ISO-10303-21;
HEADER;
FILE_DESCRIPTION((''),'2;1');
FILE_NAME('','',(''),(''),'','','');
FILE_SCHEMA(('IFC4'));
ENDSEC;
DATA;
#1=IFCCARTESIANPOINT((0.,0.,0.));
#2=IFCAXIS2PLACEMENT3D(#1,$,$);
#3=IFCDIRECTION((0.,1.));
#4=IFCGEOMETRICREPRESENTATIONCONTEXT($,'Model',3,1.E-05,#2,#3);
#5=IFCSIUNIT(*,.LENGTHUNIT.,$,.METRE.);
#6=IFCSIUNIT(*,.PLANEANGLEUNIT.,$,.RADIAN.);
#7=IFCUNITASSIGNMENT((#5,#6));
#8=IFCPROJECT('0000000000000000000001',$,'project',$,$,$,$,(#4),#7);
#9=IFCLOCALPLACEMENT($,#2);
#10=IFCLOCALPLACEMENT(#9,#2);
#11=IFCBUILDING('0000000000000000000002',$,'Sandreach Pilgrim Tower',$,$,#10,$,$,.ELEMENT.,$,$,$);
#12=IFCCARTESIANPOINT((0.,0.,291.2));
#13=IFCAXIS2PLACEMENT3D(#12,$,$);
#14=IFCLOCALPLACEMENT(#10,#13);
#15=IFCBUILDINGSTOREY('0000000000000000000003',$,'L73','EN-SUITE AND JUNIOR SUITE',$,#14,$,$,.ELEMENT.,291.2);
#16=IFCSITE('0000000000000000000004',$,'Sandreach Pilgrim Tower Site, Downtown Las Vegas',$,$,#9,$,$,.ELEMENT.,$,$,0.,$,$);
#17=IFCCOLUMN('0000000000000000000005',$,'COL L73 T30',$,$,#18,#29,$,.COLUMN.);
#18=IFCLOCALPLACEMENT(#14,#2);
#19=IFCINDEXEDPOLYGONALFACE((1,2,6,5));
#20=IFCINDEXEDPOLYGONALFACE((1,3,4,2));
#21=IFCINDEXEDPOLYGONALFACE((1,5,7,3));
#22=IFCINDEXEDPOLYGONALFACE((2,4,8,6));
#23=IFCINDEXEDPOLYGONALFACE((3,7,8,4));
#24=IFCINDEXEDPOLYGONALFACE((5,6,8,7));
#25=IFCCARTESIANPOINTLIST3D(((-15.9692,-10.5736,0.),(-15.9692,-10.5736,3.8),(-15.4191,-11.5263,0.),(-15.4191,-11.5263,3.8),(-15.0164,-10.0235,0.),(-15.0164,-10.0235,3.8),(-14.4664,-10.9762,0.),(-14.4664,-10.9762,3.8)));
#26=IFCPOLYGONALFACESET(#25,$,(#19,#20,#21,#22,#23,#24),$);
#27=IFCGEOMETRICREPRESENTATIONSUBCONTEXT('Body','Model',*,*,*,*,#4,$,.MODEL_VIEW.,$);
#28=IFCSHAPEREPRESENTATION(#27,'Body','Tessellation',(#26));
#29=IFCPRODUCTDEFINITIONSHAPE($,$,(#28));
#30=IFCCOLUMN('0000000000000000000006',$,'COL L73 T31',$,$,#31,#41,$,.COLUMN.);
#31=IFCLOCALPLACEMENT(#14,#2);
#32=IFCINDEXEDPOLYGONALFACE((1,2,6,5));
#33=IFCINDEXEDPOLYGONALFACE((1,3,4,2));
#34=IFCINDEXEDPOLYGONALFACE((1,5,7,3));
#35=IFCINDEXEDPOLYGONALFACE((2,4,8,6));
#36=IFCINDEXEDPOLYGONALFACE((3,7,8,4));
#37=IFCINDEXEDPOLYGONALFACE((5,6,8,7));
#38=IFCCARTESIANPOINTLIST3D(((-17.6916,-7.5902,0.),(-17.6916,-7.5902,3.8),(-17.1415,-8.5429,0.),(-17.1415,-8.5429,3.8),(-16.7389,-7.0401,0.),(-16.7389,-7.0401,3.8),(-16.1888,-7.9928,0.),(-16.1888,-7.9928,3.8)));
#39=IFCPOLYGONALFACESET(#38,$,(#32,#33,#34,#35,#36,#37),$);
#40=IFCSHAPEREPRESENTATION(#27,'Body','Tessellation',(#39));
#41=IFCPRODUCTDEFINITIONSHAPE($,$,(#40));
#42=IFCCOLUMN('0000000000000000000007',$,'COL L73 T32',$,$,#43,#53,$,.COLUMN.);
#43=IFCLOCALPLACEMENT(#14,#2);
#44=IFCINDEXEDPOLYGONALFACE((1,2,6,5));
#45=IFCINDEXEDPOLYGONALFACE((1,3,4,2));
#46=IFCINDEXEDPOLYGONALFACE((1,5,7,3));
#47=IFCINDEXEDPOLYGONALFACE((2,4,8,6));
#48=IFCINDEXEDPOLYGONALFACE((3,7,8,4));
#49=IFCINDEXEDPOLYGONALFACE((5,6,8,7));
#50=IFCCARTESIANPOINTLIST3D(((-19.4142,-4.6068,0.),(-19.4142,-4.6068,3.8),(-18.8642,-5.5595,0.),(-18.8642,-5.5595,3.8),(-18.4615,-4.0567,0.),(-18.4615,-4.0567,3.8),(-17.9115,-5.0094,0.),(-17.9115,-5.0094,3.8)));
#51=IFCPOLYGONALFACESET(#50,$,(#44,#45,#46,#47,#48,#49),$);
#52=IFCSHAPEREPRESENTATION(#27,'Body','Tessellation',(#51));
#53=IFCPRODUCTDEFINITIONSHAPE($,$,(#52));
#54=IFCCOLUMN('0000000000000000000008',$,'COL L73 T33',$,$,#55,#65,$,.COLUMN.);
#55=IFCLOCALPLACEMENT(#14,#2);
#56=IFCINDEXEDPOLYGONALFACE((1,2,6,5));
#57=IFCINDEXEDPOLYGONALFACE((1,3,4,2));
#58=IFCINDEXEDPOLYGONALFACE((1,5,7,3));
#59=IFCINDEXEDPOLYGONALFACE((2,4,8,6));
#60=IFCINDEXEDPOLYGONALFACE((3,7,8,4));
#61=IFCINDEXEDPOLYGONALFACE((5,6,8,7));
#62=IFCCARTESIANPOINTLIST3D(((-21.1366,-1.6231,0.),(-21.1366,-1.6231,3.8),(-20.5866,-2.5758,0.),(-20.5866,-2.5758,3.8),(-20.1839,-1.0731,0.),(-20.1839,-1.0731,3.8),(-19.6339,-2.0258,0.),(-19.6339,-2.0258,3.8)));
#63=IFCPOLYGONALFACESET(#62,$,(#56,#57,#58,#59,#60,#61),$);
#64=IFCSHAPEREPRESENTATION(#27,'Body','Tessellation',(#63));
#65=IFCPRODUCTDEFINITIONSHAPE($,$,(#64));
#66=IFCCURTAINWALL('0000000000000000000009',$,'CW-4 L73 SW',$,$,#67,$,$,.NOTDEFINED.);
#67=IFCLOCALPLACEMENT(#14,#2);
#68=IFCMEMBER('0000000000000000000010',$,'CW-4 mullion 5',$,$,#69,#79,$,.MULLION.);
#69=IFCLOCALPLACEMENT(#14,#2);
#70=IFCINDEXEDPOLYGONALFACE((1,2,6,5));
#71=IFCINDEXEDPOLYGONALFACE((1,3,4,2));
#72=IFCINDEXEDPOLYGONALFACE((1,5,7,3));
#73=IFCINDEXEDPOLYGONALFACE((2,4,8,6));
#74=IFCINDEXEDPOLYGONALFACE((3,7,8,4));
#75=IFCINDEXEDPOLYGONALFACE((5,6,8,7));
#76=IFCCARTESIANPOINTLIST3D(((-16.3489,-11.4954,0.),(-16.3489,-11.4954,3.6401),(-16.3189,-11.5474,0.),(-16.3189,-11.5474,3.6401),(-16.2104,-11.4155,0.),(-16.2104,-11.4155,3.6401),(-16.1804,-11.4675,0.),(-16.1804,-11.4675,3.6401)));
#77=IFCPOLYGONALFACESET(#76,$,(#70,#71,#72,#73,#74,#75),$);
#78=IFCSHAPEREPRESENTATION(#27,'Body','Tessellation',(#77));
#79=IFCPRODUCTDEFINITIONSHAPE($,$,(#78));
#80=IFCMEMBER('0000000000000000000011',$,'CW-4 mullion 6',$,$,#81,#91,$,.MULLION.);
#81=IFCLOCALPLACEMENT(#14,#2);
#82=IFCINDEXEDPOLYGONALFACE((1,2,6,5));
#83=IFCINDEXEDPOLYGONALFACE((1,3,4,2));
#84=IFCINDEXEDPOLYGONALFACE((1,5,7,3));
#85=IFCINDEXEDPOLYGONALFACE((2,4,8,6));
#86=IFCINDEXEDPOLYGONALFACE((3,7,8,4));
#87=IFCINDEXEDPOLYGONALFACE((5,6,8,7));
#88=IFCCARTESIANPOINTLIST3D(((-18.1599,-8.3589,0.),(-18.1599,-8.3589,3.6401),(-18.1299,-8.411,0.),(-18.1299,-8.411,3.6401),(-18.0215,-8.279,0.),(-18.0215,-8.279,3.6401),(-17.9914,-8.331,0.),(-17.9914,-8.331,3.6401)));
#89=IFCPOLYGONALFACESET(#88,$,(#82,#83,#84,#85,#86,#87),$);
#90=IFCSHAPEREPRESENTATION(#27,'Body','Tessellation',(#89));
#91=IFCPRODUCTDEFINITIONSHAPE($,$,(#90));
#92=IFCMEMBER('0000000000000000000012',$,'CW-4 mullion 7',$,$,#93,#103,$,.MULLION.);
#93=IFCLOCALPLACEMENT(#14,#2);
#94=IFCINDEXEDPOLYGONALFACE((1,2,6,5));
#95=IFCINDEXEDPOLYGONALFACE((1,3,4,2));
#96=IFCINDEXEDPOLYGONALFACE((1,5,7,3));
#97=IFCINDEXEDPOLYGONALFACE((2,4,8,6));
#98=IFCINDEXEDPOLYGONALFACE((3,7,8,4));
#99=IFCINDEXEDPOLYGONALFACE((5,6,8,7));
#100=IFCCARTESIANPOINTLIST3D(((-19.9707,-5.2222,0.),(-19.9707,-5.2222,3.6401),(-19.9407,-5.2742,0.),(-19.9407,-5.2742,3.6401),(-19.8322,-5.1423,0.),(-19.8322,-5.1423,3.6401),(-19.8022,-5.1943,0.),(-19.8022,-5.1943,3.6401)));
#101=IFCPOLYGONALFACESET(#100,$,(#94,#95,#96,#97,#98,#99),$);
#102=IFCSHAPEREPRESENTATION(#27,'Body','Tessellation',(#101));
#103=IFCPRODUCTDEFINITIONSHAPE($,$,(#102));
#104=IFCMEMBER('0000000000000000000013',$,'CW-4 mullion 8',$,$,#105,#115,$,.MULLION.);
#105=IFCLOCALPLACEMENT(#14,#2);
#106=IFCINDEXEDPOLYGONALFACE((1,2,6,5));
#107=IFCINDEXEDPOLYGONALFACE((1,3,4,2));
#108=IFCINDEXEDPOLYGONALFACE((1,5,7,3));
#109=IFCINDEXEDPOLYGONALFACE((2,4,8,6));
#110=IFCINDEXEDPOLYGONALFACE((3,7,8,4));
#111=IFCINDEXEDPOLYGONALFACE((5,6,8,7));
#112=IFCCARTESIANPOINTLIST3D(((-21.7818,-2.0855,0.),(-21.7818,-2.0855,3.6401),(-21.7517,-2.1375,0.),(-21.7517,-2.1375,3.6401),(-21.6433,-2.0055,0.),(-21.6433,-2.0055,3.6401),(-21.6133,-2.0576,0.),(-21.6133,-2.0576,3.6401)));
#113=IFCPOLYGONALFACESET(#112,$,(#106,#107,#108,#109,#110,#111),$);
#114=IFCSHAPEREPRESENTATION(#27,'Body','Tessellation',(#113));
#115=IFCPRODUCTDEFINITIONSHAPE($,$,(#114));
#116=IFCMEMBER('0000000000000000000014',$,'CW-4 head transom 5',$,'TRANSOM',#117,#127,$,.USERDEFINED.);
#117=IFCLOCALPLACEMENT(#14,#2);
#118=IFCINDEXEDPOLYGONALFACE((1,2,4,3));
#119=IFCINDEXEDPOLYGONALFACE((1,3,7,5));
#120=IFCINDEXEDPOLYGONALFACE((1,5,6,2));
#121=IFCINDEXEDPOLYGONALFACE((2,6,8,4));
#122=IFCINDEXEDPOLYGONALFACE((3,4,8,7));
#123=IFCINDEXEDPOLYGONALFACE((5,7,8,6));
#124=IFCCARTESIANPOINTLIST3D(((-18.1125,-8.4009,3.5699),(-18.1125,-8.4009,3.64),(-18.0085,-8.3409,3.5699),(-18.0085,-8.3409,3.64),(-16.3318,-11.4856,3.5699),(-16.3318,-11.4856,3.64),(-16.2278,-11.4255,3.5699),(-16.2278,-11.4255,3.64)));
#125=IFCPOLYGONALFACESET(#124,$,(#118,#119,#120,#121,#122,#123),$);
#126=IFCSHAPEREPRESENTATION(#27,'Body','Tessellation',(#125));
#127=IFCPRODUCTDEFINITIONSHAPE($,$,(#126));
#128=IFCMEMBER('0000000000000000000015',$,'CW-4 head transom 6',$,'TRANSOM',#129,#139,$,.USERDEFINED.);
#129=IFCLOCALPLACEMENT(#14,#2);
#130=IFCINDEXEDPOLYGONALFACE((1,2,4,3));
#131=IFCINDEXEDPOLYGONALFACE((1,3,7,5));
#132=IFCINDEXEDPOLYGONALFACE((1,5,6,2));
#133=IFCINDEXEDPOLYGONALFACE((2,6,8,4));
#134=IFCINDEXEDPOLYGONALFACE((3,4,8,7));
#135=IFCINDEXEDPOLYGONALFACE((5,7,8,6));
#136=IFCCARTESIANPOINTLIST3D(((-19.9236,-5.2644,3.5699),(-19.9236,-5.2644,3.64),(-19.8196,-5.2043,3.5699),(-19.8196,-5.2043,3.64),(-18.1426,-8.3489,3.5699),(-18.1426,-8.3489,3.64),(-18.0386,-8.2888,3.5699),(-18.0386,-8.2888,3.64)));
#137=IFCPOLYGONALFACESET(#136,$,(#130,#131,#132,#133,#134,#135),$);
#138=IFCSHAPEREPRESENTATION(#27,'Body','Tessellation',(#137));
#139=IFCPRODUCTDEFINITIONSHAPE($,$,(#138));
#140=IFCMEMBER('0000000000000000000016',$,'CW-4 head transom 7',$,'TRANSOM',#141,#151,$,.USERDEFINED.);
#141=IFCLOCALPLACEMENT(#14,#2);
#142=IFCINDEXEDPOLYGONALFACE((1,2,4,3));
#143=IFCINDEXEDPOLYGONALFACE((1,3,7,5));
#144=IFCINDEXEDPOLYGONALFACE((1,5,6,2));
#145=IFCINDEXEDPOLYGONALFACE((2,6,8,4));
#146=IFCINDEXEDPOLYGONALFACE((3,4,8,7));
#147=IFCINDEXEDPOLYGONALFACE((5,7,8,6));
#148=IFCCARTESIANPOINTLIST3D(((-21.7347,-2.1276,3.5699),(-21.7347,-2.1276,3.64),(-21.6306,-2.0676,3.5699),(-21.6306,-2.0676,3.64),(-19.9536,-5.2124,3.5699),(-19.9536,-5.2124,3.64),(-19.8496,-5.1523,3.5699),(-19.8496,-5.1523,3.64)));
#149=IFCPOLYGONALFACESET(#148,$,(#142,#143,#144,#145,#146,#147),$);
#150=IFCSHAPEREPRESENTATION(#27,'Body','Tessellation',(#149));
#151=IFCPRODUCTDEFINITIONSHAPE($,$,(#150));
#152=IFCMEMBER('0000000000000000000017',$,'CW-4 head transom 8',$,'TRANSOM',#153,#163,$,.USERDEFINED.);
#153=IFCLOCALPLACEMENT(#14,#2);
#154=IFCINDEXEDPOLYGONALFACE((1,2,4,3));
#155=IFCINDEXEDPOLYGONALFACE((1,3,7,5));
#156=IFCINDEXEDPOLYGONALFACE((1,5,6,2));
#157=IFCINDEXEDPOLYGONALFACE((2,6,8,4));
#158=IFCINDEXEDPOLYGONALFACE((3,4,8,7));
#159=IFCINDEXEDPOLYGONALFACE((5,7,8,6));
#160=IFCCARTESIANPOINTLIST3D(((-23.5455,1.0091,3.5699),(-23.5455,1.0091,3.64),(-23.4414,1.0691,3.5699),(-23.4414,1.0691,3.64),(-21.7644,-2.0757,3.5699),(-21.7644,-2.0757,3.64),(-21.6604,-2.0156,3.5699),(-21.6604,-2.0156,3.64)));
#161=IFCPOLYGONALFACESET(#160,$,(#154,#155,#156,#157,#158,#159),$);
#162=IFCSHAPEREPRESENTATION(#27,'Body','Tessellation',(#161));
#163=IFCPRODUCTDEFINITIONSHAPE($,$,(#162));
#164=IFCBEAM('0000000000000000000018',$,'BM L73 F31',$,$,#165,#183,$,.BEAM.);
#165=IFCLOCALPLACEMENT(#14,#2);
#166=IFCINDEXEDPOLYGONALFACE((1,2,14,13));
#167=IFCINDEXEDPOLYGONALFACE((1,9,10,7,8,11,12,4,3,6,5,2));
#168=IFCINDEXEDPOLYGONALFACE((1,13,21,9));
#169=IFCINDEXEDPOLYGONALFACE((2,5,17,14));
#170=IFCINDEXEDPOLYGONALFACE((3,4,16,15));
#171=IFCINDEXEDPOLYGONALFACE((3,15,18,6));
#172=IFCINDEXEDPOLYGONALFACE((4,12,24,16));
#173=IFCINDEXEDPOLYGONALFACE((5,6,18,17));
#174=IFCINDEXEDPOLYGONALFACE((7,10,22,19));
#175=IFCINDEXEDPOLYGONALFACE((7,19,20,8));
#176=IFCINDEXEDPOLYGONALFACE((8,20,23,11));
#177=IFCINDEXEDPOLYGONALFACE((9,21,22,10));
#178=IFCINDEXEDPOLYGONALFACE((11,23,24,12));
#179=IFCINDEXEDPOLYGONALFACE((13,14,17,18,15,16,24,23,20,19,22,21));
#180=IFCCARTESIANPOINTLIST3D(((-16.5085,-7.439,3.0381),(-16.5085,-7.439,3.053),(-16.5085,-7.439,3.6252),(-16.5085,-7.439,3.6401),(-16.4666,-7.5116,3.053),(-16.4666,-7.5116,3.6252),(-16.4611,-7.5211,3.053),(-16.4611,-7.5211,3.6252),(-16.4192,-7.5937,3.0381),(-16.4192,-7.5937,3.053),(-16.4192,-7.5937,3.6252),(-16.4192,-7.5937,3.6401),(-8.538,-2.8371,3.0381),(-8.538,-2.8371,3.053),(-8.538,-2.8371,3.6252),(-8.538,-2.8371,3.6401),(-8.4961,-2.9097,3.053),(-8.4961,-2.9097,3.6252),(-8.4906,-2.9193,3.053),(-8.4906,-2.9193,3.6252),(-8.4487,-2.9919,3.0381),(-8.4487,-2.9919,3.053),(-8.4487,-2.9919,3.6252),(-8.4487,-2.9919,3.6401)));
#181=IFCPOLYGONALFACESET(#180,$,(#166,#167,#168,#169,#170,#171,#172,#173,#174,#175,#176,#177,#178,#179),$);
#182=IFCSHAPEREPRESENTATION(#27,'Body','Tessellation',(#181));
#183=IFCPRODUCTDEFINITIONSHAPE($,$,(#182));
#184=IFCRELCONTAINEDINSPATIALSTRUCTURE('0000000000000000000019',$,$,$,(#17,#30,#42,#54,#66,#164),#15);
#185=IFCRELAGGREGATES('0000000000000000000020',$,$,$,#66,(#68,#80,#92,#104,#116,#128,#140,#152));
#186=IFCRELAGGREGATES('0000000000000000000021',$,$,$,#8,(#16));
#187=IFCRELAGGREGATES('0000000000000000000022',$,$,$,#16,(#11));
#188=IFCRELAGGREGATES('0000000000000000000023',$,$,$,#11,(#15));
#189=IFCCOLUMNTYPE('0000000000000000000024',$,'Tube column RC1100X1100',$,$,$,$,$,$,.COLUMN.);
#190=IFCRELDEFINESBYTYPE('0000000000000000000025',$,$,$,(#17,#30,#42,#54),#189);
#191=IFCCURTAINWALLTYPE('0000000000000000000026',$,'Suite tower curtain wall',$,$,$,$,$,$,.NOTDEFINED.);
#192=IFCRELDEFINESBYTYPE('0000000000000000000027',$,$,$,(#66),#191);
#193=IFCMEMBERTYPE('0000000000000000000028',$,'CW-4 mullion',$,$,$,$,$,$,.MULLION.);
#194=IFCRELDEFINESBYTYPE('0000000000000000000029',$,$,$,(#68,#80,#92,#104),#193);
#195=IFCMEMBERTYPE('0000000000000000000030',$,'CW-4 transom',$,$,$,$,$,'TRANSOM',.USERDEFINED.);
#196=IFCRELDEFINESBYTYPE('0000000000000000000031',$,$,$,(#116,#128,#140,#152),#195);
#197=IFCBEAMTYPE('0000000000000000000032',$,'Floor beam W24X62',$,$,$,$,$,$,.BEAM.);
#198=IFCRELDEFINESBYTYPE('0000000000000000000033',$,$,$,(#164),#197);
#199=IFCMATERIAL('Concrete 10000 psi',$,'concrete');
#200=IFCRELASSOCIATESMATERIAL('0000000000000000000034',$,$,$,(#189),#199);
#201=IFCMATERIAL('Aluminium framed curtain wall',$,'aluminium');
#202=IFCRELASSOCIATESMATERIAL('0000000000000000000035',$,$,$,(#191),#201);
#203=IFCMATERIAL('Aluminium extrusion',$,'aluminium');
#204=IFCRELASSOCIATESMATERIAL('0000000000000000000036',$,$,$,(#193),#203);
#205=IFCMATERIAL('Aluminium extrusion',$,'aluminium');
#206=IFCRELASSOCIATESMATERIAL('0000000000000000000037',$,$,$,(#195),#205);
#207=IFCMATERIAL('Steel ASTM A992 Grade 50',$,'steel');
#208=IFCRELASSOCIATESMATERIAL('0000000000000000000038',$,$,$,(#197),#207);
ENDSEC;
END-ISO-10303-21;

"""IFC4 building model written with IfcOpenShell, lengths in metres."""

from ifc_helpers import new_model, si_unit, direction, frame, origin, origin_2d, place, context, subcontext, project, spatial, rectangle, i_section, extrude, material, material_profile, profile_set, type_object, element, aggregate, save


model = new_model("IFC4")

# Units and contexts
model_context = context("Model", 3, precision=1e-05, world=origin(), true_north=direction((0.0, 1.0)))
body_context = subcontext(model_context, "Body", "Model", "MODEL_VIEW")
ifc_project = project(units=[si_unit("LENGTHUNIT", "METRE"), si_unit("PLANEANGLEUNIT", "RADIAN")], contexts=[model_context])

# Site, building, storey
site_placement = place(None, origin())
site = spatial("IfcSite", under=ifc_project, at=site_placement, Name="Sandreach Pilgrim Tower Site, Downtown Las Vegas", CompositionType="ELEMENT", RefElevation=0.0)
building_placement = place(site_placement, origin())
building = spatial("IfcBuilding", under=site, at=building_placement, Name="Sandreach Pilgrim Tower", CompositionType="ELEMENT")
storey_placement = place(building_placement, frame((0.0, 0.0, 291.2)))
storey = spatial("IfcBuildingStorey", under=building, at=storey_placement, Name="L73", Description="EN-SUITE AND JUNIOR SUITE", CompositionType="ELEMENT", Elevation=291.2)

# Columns
ifc_material_1 = material(Name="Concrete 10000 psi", Category="concrete")
ifc_material_profile_1 = material_profile(ifc_material_1, rectangle(XDim=1.1001, YDim=1.1001, at=origin_2d()), Name="RC1100X1100")
ifc_profile_set_1 = profile_set([ifc_material_profile_1], Name="Concrete 10000 psi")
column_type = type_object("IfcColumnType", Name="Tube column RC1100X1100", PredefinedType="COLUMN", material=ifc_profile_set_1)
for number, where, z_axis, x_axis, name in (
    (1, (-15.2178, -10.7749, 0.0), (0.0, 0.0, 1.0), (-0.866025, -0.5, 0.0), "COL L73 T30"),
    (2, (-16.9402, -7.7915, 0.0), (0.0, 0.0, 1.0), (-0.866025, -0.5, 0.0), "COL L73 T31"),
    (3, (-18.6628, -4.8081, 0.0), (0.0, 0.0, 1.0), (-0.866025, -0.5, 0.0), "COL L73 T32"),
    (4, (-20.3853, -1.8245, 0.0), (0.0, 0.0, 1.0), (-0.866025, -0.5, 0.0), "COL L73 T33"),
):
    element("IfcColumn", number, at=place(storey_placement, frame(where, z_axis=z_axis, x_axis=x_axis)), inside=storey, type_object=column_type, Name=name, PredefinedType="COLUMN", context=body_context, shape_type="SweptSolid", body=[
        extrude(rectangle(XDim=1.1001, YDim=1.1001, at=origin_2d()), origin(), (0.0, 0.0, 1.0), 3.8),
    ])

# Curtain wall, members
ifc_material_2 = material(Name="Aluminium framed curtain wall", Category="aluminium")
curtain_wall_type = type_object("IfcCurtainWallType", Name="Suite tower curtain wall", PredefinedType="NOTDEFINED", material=ifc_material_2)
curtain_wall_placement = place(storey_placement, origin())
curtain_wall = element("IfcCurtainWall", 5, at=curtain_wall_placement, inside=storey, type_object=curtain_wall_type, Name="CW-4 L73 SW", PredefinedType="NOTDEFINED")
ifc_material_3 = material(Name="Aluminium extrusion", Category="aluminium")
ifc_material_profile_2 = material_profile(ifc_material_3, rectangle(XDim=0.0601, YDim=0.1599, at=origin_2d()), Name="CW-4M 60X160")
ifc_profile_set_2 = profile_set([ifc_material_profile_2], Name="Aluminium extrusion")
member_type_1 = type_object("IfcMemberType", Name="CW-4 mullion", PredefinedType="MULLION", material=ifc_profile_set_2)
member_1_placement = place(storey_placement, frame((-16.2646, -11.4814, 0.0), z_axis=(0.0, 0.0, 1.0), x_axis=(-0.5, 0.866025, 0.0)))
member_1 = element("IfcMember", 6, at=member_1_placement, type_object=member_type_1, Name="CW-4 mullion 5", PredefinedType="MULLION", context=body_context, shape_type="SweptSolid", body=[
    extrude(rectangle(XDim=0.0601, YDim=0.1599, at=origin_2d()), origin(), (0.0, 0.0, 1.0), 3.6401),
])
member_2_placement = place(storey_placement, frame((-18.0757, -8.345, 0.0), z_axis=(0.0, 0.0, 1.0), x_axis=(-0.5, 0.866025, 0.0)))
member_2 = element("IfcMember", 7, at=member_2_placement, type_object=member_type_1, Name="CW-4 mullion 6", PredefinedType="MULLION", context=body_context, shape_type="SweptSolid", body=[
    extrude(rectangle(XDim=0.0601, YDim=0.1599, at=origin_2d()), origin(), (0.0, 0.0, 1.0), 3.6401),
])
member_3_placement = place(storey_placement, frame((-19.8865, -5.2083, 0.0), z_axis=(0.0, 0.0, 1.0), x_axis=(-0.5, 0.866025, 0.0)))
member_3 = element("IfcMember", 8, at=member_3_placement, type_object=member_type_1, Name="CW-4 mullion 7", PredefinedType="MULLION", context=body_context, shape_type="SweptSolid", body=[
    extrude(rectangle(XDim=0.0601, YDim=0.1599, at=origin_2d()), origin(), (0.0, 0.0, 1.0), 3.6401),
])
member_4_placement = place(storey_placement, frame((-21.6975, -2.0715, 0.0), z_axis=(0.0, 0.0, 1.0), x_axis=(-0.5, 0.866025, 0.0)))
member_4 = element("IfcMember", 9, at=member_4_placement, type_object=member_type_1, Name="CW-4 mullion 8", PredefinedType="MULLION", context=body_context, shape_type="SweptSolid", body=[
    extrude(rectangle(XDim=0.0601, YDim=0.1599, at=origin_2d()), origin(), (0.0, 0.0, 1.0), 3.6401),
])
ifc_material_4 = material(Name="Aluminium extrusion", Category="aluminium")
ifc_material_profile_3 = material_profile(ifc_material_4, rectangle(XDim=0.1201, YDim=0.0701, at=origin_2d()), Name="CW-4T 120X70")
ifc_profile_set_3 = profile_set([ifc_material_profile_3], Name="Aluminium extrusion")
member_type_2 = type_object("IfcMemberType", Name="CW-4 transom", ElementType="TRANSOM", PredefinedType="USERDEFINED", material=ifc_profile_set_3)
member_5_placement = place(storey_placement, frame((-16.2798, -11.4556, 3.605), z_axis=(-0.499958, 0.86605, 0.0), x_axis=(-0.86605, -0.499958, 0.0)))
member_5 = element("IfcMember", 10, at=member_5_placement, type_object=member_type_2, Name="CW-4 head transom 5", ObjectType="TRANSOM", PredefinedType="USERDEFINED", context=body_context, shape_type="SweptSolid", body=[
    extrude(rectangle(XDim=0.1201, YDim=0.0701, at=origin_2d()), origin(), (0.0, 0.0, 1.0), 3.5618),
])
member_6_placement = place(storey_placement, frame((-18.0906, -8.3188, 3.605), z_axis=(-0.500039, 0.866003, 0.0), x_axis=(-0.866003, -0.500039, 0.0)))
member_6 = element("IfcMember", 11, at=member_6_placement, type_object=member_type_2, Name="CW-4 head transom 6", ObjectType="TRANSOM", PredefinedType="USERDEFINED", context=body_context, shape_type="SweptSolid", body=[
    extrude(rectangle(XDim=0.1201, YDim=0.0701, at=origin_2d()), origin(), (0.0, 0.0, 1.0), 3.5618),
])
member_7_placement = place(storey_placement, frame((-19.9016, -5.1824, 3.605), z_axis=(-0.500009, 0.86602, 0.0), x_axis=(-0.86602, -0.500009, 0.0)))
member_7 = element("IfcMember", 12, at=member_7_placement, type_object=member_type_2, Name="CW-4 head transom 7", ObjectType="TRANSOM", PredefinedType="USERDEFINED", context=body_context, shape_type="SweptSolid", body=[
    extrude(rectangle(XDim=0.1201, YDim=0.0701, at=origin_2d()), origin(), (0.0, 0.0, 1.0), 3.562),
])
member_8_placement = place(storey_placement, frame((-21.7124, -2.0457, 3.605), z_axis=(-0.500009, 0.86602, 0.0), x_axis=(-0.86602, -0.500009, 0.0)))
member_8 = element("IfcMember", 13, at=member_8_placement, type_object=member_type_2, Name="CW-4 head transom 8", ObjectType="TRANSOM", PredefinedType="USERDEFINED", context=body_context, shape_type="SweptSolid", body=[
    extrude(rectangle(XDim=0.1201, YDim=0.0701, at=origin_2d()), origin(), (0.0, 0.0, 1.0), 3.562),
])

# Beam
ifc_material_5 = material(Name="Steel ASTM A992 Grade 50", Category="steel")
ifc_material_profile_4 = material_profile(ifc_material_5, i_section(OverallWidth=0.1787, OverallDepth=0.6021, WebThickness=0.011, FlangeThickness=0.0149, at=origin_2d()), Name="W24X62")
ifc_profile_set_4 = profile_set([ifc_material_profile_4], Name="Steel ASTM A992 Grade 50")
beam_type_1 = type_object("IfcBeamType", Name="Floor beam W24X62", PredefinedType="BEAM", material=ifc_profile_set_4)
beam_1_placement = place(storey_placement, frame((-16.4639, -7.5164, 3.3391), z_axis=(0.866023, 0.500005, 0.0), x_axis=(-0.500005, 0.866023, 0.0)))
element("IfcBeam", 14, at=beam_1_placement, inside=storey, type_object=beam_type_1, Name="BM L73 F31", PredefinedType="BEAM", context=body_context, shape_type="SweptSolid", body=[
    extrude(i_section(OverallWidth=0.1787, OverallDepth=0.6021, WebThickness=0.011, FlangeThickness=0.0149, at=origin_2d()), origin(), (0.0, 0.0, 1.0), 9.2036),
])

aggregate(curtain_wall, [member_1, member_2, member_3, member_4, member_5, member_6, member_7, member_8])

save(model, "model.ifc")
